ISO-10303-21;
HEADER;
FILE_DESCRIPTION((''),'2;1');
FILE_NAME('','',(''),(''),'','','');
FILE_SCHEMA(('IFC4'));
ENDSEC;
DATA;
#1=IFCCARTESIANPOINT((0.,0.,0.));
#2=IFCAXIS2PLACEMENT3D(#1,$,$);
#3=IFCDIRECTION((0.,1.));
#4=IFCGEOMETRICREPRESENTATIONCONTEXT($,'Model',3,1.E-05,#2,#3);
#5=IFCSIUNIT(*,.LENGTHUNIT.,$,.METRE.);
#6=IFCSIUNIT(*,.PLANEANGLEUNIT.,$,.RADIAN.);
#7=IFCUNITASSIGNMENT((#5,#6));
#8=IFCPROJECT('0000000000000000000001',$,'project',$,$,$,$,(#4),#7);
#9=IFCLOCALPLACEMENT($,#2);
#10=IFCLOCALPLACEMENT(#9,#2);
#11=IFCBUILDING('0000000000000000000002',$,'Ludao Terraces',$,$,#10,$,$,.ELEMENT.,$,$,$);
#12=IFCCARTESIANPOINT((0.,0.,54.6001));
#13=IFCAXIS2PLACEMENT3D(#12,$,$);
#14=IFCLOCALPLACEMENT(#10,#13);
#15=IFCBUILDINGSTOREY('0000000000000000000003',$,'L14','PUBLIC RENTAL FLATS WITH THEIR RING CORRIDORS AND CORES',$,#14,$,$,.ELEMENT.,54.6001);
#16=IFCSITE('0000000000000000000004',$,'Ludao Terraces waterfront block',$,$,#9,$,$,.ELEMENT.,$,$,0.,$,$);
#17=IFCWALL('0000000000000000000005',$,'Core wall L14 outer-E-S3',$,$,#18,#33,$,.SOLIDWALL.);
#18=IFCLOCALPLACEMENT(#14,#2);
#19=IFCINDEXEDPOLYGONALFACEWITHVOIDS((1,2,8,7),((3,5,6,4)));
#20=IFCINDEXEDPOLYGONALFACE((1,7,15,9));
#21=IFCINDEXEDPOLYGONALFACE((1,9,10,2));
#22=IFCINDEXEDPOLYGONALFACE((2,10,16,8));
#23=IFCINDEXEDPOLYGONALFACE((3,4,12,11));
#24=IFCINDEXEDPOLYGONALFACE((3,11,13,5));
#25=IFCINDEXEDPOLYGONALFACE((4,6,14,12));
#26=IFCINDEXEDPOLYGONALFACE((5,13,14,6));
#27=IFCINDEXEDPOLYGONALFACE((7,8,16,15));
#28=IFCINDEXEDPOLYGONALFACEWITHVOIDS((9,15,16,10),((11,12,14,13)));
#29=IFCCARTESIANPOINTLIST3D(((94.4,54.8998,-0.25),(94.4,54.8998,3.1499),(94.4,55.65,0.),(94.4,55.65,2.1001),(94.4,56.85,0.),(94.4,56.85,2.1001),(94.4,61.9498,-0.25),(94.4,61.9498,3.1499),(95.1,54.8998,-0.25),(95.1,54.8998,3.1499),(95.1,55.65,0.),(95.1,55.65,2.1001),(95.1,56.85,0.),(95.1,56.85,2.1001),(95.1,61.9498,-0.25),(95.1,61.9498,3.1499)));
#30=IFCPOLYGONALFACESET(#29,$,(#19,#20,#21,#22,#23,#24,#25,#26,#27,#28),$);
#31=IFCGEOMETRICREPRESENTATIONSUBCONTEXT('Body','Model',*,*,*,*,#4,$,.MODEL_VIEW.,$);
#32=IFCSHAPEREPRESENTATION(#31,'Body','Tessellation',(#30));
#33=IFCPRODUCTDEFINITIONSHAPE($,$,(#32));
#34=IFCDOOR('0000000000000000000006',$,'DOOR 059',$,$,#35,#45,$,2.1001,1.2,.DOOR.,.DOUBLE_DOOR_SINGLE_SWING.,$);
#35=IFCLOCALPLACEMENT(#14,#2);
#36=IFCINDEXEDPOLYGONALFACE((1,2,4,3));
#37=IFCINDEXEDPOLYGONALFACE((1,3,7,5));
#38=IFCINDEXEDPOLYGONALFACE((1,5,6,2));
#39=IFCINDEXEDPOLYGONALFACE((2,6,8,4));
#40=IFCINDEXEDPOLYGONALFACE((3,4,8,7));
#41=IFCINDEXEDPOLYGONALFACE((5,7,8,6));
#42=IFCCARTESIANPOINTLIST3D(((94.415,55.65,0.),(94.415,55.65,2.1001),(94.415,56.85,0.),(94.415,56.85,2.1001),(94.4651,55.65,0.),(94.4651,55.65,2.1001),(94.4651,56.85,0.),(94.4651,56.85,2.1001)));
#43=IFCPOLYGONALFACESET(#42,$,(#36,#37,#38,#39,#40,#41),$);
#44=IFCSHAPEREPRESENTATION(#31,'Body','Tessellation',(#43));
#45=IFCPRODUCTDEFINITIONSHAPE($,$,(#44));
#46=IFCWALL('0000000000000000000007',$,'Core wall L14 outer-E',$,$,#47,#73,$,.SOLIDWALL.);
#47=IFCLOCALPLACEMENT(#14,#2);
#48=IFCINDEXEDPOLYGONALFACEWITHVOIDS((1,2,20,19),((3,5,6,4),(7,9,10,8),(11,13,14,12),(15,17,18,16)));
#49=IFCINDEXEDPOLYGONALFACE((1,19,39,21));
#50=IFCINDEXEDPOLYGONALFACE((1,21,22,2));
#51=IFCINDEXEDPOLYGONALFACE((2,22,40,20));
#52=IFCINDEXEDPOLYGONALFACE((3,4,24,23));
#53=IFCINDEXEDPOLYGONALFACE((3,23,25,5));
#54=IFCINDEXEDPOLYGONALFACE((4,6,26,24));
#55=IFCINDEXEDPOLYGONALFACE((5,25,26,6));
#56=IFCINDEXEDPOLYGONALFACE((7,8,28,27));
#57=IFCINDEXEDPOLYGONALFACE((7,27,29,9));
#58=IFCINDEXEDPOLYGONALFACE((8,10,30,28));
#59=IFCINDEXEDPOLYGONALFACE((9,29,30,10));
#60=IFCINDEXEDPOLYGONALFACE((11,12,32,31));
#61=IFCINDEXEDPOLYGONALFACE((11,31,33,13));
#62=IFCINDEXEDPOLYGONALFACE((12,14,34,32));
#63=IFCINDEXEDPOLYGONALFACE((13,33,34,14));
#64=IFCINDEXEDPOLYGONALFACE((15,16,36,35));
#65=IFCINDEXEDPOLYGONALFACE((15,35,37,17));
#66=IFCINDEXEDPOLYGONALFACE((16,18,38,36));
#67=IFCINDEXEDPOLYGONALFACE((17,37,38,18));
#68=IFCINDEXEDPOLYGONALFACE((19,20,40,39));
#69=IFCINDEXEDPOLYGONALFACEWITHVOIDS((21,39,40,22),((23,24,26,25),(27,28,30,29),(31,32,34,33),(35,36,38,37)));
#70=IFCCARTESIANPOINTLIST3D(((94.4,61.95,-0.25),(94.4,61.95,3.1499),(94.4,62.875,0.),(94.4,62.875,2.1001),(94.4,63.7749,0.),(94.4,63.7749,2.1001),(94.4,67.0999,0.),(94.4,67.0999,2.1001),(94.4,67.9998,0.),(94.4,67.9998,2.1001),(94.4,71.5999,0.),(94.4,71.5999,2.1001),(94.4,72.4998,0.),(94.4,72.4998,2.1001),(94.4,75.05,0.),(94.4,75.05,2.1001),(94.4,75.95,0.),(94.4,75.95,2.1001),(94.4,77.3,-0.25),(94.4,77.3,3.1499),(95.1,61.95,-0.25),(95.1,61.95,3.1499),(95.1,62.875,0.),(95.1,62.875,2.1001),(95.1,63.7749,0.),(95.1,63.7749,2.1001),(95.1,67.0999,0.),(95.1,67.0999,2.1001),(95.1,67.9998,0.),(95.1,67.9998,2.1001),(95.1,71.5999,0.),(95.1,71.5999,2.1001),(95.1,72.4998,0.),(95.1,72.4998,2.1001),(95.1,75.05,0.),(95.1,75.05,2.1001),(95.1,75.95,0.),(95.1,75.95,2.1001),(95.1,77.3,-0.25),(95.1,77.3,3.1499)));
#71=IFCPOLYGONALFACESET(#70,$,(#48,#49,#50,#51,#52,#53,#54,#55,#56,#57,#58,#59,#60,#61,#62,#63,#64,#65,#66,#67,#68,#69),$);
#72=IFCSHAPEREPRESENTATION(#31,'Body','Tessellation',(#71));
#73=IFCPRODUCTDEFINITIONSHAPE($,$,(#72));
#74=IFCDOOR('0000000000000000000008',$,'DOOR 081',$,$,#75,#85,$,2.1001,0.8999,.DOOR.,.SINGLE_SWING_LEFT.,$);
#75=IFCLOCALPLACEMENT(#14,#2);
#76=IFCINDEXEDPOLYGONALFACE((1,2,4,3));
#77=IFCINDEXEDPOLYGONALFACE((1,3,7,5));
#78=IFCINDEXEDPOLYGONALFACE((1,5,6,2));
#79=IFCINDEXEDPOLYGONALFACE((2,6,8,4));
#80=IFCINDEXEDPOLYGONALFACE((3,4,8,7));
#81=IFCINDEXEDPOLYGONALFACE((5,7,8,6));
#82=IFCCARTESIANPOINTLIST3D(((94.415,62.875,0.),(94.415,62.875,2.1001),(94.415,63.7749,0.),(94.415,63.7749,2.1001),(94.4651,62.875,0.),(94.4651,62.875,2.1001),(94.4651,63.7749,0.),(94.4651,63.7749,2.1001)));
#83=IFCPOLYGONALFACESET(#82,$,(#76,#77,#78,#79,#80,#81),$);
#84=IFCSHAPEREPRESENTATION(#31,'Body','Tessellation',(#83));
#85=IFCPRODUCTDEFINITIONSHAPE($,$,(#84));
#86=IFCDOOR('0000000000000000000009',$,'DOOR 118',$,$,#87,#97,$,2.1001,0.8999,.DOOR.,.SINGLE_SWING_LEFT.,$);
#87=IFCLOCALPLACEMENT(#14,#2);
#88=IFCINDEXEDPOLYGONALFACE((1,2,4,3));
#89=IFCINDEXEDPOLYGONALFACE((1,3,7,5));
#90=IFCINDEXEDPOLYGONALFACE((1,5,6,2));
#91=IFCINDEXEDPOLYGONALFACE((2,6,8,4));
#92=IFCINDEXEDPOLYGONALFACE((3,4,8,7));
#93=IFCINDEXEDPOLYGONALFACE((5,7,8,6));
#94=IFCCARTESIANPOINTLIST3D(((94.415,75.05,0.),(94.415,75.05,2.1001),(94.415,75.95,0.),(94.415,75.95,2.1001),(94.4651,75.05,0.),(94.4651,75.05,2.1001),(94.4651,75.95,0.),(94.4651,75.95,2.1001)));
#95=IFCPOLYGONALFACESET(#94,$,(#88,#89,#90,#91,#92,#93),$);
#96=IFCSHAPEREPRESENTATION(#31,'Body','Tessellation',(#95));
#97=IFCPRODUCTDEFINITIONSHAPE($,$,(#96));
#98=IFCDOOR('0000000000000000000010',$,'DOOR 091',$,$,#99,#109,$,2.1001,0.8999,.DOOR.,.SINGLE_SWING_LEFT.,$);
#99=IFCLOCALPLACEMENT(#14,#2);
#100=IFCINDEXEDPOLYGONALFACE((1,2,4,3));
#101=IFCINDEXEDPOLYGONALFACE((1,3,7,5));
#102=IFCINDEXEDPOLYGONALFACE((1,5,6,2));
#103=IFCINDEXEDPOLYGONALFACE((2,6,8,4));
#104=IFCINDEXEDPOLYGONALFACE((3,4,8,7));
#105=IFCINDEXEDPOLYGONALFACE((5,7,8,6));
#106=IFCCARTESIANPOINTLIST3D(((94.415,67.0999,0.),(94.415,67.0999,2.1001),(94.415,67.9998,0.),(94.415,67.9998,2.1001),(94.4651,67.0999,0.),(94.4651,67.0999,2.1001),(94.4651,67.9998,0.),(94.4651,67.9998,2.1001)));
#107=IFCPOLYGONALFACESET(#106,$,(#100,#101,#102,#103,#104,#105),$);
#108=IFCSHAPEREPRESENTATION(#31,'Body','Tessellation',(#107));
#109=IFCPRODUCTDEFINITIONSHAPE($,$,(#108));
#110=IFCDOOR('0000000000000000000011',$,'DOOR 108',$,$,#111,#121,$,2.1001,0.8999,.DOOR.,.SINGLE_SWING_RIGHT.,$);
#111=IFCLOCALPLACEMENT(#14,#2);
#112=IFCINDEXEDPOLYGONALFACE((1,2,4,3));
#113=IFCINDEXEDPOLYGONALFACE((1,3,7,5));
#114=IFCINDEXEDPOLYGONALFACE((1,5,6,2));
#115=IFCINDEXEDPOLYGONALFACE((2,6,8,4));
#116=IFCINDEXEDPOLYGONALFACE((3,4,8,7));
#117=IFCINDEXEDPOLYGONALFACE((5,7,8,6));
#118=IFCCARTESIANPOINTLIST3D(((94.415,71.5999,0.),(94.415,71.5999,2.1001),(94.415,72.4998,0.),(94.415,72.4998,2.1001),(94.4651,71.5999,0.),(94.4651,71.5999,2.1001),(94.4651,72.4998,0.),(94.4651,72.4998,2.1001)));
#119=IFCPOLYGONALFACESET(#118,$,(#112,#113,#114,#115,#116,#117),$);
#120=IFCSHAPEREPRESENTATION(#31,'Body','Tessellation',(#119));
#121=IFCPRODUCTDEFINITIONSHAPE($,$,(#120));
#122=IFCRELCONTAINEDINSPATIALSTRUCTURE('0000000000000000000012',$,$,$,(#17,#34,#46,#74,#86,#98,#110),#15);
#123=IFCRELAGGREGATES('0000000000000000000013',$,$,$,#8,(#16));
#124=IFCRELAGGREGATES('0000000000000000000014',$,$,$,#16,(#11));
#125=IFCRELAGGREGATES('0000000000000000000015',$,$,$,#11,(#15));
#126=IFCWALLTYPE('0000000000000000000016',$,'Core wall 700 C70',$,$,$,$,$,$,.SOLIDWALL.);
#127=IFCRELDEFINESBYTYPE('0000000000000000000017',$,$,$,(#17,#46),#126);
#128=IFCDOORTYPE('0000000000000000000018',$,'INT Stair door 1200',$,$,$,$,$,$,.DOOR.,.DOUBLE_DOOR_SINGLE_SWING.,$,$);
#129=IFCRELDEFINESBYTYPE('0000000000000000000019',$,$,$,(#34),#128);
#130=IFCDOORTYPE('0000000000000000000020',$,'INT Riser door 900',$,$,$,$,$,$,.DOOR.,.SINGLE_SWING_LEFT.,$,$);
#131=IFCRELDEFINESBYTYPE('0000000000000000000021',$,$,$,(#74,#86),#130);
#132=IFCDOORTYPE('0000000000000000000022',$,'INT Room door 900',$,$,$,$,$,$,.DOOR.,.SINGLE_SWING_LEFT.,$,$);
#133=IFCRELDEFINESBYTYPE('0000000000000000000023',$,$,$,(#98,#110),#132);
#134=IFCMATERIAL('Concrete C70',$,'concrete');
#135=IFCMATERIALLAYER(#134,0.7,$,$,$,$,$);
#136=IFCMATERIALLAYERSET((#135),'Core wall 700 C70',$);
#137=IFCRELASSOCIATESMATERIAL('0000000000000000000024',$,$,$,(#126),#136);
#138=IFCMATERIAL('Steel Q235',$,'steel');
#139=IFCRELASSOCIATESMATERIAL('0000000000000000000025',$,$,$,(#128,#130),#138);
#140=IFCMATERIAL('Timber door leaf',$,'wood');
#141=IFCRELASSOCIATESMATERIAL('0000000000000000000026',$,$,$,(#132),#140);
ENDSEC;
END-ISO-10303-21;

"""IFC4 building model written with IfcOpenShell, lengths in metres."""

from ifc_helpers import new_model, si_unit, direction, frame, frame_2d, origin, place, context, subcontext, project, spatial, rectangle, extrude, material, layer, layer_set, type_object, element, fill, save


model = new_model("IFC4")

# Units and contexts
model_context = context("Model", 3, precision=1e-05, world=origin(), true_north=direction((0.0, 1.0)))
body_context = subcontext(model_context, "Body", "Model", "MODEL_VIEW")
ifc_project = project(units=[si_unit("LENGTHUNIT", "METRE"), si_unit("PLANEANGLEUNIT", "RADIAN")], contexts=[model_context])

# Site, building, storey
site_placement = place(None, origin())
site = spatial("IfcSite", under=ifc_project, at=site_placement, Name="Ludao Terraces waterfront block", CompositionType="ELEMENT", RefElevation=0.0)
building_placement = place(site_placement, origin())
building = spatial("IfcBuilding", under=site, at=building_placement, Name="Ludao Terraces", CompositionType="ELEMENT")
storey_placement = place(building_placement, frame((0.0, 0.0, 54.6001)))
storey = spatial("IfcBuildingStorey", under=building, at=storey_placement, Name="L14", Description="PUBLIC RENTAL FLATS WITH THEIR RING CORRIDORS AND CORES", CompositionType="ELEMENT", Elevation=54.6001)

# Wall, opening, door
ifc_material_1 = material(Name="Concrete C70", Category="concrete")
ifc_layer_1 = layer(ifc_material_1, 0.7)
ifc_layer_set_1 = layer_set([ifc_layer_1], Name="Core wall 700 C70")
wall_type_1 = type_object("IfcWallType", Name="Core wall 700 C70", PredefinedType="SOLIDWALL", material=ifc_layer_set_1)
wall_1_placement = place(storey_placement, frame((94.75, 54.8999, -0.25), z_axis=(0.0, 0.0, 1.0), x_axis=(0.0, 1.0, 0.0)))
wall_1 = element("IfcWall", 1, at=wall_1_placement, inside=storey, type_object=wall_type_1, Name="Core wall L14 outer-E-S3", PredefinedType="SOLIDWALL", context=body_context, shape_type="SweptSolid", body=[
    extrude(rectangle(XDim=7.05, YDim=0.7, at=frame_2d((3.5249, 0.0))), origin(), (0.0, 0.0, 1.0), 3.3999),
])
opening_1_placement = place(wall_1_placement, frame((0.75, 0.0, 0.25)))
opening_1 = element("IfcOpeningElement", 2, at=opening_1_placement, cuts=wall_1, PredefinedType="OPENING", context=body_context, shape_type="SweptSolid", body=[
    extrude(rectangle(XDim=1.2, YDim=2.1001, at=frame_2d((0.6001, 1.05))), frame((0.0, 0.3599, 0.0), z_axis=(0.0, -1.0, 0.0), x_axis=(1.0, 0.0, 0.0)), (0.0, 0.0, 1.0), 0.72),
])
ifc_material_2 = material(Name="Steel Q235", Category="steel")
door_type_1 = type_object("IfcDoorType", Name="INT Stair door 1200", OperationType="DOUBLE_DOOR_SINGLE_SWING", PredefinedType="DOOR", material=ifc_material_2)
door_1_placement = place(opening_1_placement, origin())
door_1 = element("IfcDoor", 3, at=door_1_placement, inside=storey, type_object=door_type_1, Name="DOOR 059", OperationType="DOUBLE_DOOR_SINGLE_SWING", OverallHeight=2.1001, OverallWidth=1.2, PredefinedType="DOOR", context=body_context, shape_type="SweptSolid", body=[
    extrude(rectangle(XDim=1.2, YDim=2.1001, at=frame_2d((0.6001, 1.05))), frame((0.0, 0.335, 0.0), z_axis=(0.0, -1.0, 0.0), x_axis=(1.0, 0.0, 0.0)), (0.0, 0.0, 1.0), 0.05),
])
fill(opening_1, door_1)

# Wall, openings, doors
wall_2_placement = place(storey_placement, frame((94.75, 61.95, -0.25), z_axis=(0.0, 0.0, 1.0), x_axis=(0.0, 1.0, 0.0)))
wall_2 = element("IfcWall", 4, at=wall_2_placement, inside=storey, type_object=wall_type_1, Name="Core wall L14 outer-E", PredefinedType="SOLIDWALL", context=body_context, shape_type="SweptSolid", body=[
    extrude(rectangle(XDim=15.3501, YDim=0.7, at=frame_2d((7.675, 0.0))), origin(), (0.0, 0.0, 1.0), 3.3999),
])
opening_2_placement = place(wall_2_placement, frame((0.925, 0.0, 0.25)))
opening_2 = element("IfcOpeningElement", 5, at=opening_2_placement, cuts=wall_2, PredefinedType="OPENING", context=body_context, shape_type="SweptSolid", body=[
    extrude(rectangle(XDim=0.8999, YDim=2.1001, at=frame_2d((0.45, 1.05))), frame((0.0, 0.3599, 0.0), z_axis=(0.0, -1.0, 0.0), x_axis=(1.0, 0.0, 0.0)), (0.0, 0.0, 1.0), 0.72),
])
opening_3_placement = place(wall_2_placement, frame((5.1499, 0.0, 0.25)))
opening_3 = element("IfcOpeningElement", 6, at=opening_3_placement, cuts=wall_2, PredefinedType="OPENING", context=body_context, shape_type="SweptSolid", body=[
    extrude(rectangle(XDim=0.8999, YDim=2.1001, at=frame_2d((0.45, 1.05))), frame((0.0, 0.3599, 0.0), z_axis=(0.0, -1.0, 0.0), x_axis=(1.0, 0.0, 0.0)), (0.0, 0.0, 1.0), 0.72),
])
opening_4_placement = place(wall_2_placement, frame((9.6499, 0.0, 0.25)))
opening_4 = element("IfcOpeningElement", 7, at=opening_4_placement, cuts=wall_2, PredefinedType="OPENING", context=body_context, shape_type="SweptSolid", body=[
    extrude(rectangle(XDim=0.8999, YDim=2.1001, at=frame_2d((0.45, 1.05))), frame((0.0, 0.3599, 0.0), z_axis=(0.0, -1.0, 0.0), x_axis=(1.0, 0.0, 0.0)), (0.0, 0.0, 1.0), 0.72),
])
opening_5_placement = place(wall_2_placement, frame((13.1001, 0.0, 0.25)))
opening_5 = element("IfcOpeningElement", 8, at=opening_5_placement, cuts=wall_2, PredefinedType="OPENING", context=body_context, shape_type="SweptSolid", body=[
    extrude(rectangle(XDim=0.8999, YDim=2.1001, at=frame_2d((0.45, 1.05))), frame((0.0, 0.3599, 0.0), z_axis=(0.0, -1.0, 0.0), x_axis=(1.0, 0.0, 0.0)), (0.0, 0.0, 1.0), 0.72),
])
door_type_2 = type_object("IfcDoorType", Name="INT Riser door 900", OperationType="SINGLE_SWING_LEFT", PredefinedType="DOOR", material=ifc_material_2)
door_2_placement = place(opening_2_placement, origin())
door_2 = element("IfcDoor", 9, at=door_2_placement, inside=storey, type_object=door_type_2, Name="DOOR 081", OperationType="SINGLE_SWING_LEFT", OverallHeight=2.1001, OverallWidth=0.8999, PredefinedType="DOOR", context=body_context, shape_type="SweptSolid", body=[
    extrude(rectangle(XDim=0.8999, YDim=2.1001, at=frame_2d((0.45, 1.05))), frame((0.0, 0.335, 0.0), z_axis=(0.0, -1.0, 0.0), x_axis=(1.0, 0.0, 0.0)), (0.0, 0.0, 1.0), 0.05),
])
fill(opening_2, door_2)
door_3_placement = place(opening_5_placement, origin())
door_3 = element("IfcDoor", 10, at=door_3_placement, inside=storey, type_object=door_type_2, Name="DOOR 118", OperationType="SINGLE_SWING_LEFT", OverallHeight=2.1001, OverallWidth=0.8999, PredefinedType="DOOR", context=body_context, shape_type="SweptSolid", body=[
    extrude(rectangle(XDim=0.8999, YDim=2.1001, at=frame_2d((0.45, 1.05))), frame((0.0, 0.335, 0.0), z_axis=(0.0, -1.0, 0.0), x_axis=(1.0, 0.0, 0.0)), (0.0, 0.0, 1.0), 0.05),
])
fill(opening_5, door_3)
ifc_material_3 = material(Name="Timber door leaf", Category="wood")
door_type_3 = type_object("IfcDoorType", Name="INT Room door 900", OperationType="SINGLE_SWING_LEFT", PredefinedType="DOOR", material=ifc_material_3)
door_4_placement = place(opening_3_placement, origin())
door_4 = element("IfcDoor", 11, at=door_4_placement, inside=storey, type_object=door_type_3, Name="DOOR 091", OperationType="SINGLE_SWING_LEFT", OverallHeight=2.1001, OverallWidth=0.8999, PredefinedType="DOOR", context=body_context, shape_type="SweptSolid", body=[
    extrude(rectangle(XDim=0.8999, YDim=2.1001, at=frame_2d((0.45, 1.05))), frame((0.0, 0.335, 0.0), z_axis=(0.0, -1.0, 0.0), x_axis=(1.0, 0.0, 0.0)), (0.0, 0.0, 1.0), 0.05),
])
fill(opening_3, door_4)
door_5_placement = place(opening_4_placement, origin())
door_5 = element("IfcDoor", 12, at=door_5_placement, inside=storey, type_object=door_type_3, Name="DOOR 108", OperationType="SINGLE_SWING_RIGHT", OverallHeight=2.1001, OverallWidth=0.8999, PredefinedType="DOOR", context=body_context, shape_type="SweptSolid", body=[
    extrude(rectangle(XDim=0.8999, YDim=2.1001, at=frame_2d((0.45, 1.05))), frame((0.0, 0.335, 0.0), z_axis=(0.0, -1.0, 0.0), x_axis=(1.0, 0.0, 0.0)), (0.0, 0.0, 1.0), 0.05),
])
fill(opening_4, door_5)

save(model, "model.ifc")
